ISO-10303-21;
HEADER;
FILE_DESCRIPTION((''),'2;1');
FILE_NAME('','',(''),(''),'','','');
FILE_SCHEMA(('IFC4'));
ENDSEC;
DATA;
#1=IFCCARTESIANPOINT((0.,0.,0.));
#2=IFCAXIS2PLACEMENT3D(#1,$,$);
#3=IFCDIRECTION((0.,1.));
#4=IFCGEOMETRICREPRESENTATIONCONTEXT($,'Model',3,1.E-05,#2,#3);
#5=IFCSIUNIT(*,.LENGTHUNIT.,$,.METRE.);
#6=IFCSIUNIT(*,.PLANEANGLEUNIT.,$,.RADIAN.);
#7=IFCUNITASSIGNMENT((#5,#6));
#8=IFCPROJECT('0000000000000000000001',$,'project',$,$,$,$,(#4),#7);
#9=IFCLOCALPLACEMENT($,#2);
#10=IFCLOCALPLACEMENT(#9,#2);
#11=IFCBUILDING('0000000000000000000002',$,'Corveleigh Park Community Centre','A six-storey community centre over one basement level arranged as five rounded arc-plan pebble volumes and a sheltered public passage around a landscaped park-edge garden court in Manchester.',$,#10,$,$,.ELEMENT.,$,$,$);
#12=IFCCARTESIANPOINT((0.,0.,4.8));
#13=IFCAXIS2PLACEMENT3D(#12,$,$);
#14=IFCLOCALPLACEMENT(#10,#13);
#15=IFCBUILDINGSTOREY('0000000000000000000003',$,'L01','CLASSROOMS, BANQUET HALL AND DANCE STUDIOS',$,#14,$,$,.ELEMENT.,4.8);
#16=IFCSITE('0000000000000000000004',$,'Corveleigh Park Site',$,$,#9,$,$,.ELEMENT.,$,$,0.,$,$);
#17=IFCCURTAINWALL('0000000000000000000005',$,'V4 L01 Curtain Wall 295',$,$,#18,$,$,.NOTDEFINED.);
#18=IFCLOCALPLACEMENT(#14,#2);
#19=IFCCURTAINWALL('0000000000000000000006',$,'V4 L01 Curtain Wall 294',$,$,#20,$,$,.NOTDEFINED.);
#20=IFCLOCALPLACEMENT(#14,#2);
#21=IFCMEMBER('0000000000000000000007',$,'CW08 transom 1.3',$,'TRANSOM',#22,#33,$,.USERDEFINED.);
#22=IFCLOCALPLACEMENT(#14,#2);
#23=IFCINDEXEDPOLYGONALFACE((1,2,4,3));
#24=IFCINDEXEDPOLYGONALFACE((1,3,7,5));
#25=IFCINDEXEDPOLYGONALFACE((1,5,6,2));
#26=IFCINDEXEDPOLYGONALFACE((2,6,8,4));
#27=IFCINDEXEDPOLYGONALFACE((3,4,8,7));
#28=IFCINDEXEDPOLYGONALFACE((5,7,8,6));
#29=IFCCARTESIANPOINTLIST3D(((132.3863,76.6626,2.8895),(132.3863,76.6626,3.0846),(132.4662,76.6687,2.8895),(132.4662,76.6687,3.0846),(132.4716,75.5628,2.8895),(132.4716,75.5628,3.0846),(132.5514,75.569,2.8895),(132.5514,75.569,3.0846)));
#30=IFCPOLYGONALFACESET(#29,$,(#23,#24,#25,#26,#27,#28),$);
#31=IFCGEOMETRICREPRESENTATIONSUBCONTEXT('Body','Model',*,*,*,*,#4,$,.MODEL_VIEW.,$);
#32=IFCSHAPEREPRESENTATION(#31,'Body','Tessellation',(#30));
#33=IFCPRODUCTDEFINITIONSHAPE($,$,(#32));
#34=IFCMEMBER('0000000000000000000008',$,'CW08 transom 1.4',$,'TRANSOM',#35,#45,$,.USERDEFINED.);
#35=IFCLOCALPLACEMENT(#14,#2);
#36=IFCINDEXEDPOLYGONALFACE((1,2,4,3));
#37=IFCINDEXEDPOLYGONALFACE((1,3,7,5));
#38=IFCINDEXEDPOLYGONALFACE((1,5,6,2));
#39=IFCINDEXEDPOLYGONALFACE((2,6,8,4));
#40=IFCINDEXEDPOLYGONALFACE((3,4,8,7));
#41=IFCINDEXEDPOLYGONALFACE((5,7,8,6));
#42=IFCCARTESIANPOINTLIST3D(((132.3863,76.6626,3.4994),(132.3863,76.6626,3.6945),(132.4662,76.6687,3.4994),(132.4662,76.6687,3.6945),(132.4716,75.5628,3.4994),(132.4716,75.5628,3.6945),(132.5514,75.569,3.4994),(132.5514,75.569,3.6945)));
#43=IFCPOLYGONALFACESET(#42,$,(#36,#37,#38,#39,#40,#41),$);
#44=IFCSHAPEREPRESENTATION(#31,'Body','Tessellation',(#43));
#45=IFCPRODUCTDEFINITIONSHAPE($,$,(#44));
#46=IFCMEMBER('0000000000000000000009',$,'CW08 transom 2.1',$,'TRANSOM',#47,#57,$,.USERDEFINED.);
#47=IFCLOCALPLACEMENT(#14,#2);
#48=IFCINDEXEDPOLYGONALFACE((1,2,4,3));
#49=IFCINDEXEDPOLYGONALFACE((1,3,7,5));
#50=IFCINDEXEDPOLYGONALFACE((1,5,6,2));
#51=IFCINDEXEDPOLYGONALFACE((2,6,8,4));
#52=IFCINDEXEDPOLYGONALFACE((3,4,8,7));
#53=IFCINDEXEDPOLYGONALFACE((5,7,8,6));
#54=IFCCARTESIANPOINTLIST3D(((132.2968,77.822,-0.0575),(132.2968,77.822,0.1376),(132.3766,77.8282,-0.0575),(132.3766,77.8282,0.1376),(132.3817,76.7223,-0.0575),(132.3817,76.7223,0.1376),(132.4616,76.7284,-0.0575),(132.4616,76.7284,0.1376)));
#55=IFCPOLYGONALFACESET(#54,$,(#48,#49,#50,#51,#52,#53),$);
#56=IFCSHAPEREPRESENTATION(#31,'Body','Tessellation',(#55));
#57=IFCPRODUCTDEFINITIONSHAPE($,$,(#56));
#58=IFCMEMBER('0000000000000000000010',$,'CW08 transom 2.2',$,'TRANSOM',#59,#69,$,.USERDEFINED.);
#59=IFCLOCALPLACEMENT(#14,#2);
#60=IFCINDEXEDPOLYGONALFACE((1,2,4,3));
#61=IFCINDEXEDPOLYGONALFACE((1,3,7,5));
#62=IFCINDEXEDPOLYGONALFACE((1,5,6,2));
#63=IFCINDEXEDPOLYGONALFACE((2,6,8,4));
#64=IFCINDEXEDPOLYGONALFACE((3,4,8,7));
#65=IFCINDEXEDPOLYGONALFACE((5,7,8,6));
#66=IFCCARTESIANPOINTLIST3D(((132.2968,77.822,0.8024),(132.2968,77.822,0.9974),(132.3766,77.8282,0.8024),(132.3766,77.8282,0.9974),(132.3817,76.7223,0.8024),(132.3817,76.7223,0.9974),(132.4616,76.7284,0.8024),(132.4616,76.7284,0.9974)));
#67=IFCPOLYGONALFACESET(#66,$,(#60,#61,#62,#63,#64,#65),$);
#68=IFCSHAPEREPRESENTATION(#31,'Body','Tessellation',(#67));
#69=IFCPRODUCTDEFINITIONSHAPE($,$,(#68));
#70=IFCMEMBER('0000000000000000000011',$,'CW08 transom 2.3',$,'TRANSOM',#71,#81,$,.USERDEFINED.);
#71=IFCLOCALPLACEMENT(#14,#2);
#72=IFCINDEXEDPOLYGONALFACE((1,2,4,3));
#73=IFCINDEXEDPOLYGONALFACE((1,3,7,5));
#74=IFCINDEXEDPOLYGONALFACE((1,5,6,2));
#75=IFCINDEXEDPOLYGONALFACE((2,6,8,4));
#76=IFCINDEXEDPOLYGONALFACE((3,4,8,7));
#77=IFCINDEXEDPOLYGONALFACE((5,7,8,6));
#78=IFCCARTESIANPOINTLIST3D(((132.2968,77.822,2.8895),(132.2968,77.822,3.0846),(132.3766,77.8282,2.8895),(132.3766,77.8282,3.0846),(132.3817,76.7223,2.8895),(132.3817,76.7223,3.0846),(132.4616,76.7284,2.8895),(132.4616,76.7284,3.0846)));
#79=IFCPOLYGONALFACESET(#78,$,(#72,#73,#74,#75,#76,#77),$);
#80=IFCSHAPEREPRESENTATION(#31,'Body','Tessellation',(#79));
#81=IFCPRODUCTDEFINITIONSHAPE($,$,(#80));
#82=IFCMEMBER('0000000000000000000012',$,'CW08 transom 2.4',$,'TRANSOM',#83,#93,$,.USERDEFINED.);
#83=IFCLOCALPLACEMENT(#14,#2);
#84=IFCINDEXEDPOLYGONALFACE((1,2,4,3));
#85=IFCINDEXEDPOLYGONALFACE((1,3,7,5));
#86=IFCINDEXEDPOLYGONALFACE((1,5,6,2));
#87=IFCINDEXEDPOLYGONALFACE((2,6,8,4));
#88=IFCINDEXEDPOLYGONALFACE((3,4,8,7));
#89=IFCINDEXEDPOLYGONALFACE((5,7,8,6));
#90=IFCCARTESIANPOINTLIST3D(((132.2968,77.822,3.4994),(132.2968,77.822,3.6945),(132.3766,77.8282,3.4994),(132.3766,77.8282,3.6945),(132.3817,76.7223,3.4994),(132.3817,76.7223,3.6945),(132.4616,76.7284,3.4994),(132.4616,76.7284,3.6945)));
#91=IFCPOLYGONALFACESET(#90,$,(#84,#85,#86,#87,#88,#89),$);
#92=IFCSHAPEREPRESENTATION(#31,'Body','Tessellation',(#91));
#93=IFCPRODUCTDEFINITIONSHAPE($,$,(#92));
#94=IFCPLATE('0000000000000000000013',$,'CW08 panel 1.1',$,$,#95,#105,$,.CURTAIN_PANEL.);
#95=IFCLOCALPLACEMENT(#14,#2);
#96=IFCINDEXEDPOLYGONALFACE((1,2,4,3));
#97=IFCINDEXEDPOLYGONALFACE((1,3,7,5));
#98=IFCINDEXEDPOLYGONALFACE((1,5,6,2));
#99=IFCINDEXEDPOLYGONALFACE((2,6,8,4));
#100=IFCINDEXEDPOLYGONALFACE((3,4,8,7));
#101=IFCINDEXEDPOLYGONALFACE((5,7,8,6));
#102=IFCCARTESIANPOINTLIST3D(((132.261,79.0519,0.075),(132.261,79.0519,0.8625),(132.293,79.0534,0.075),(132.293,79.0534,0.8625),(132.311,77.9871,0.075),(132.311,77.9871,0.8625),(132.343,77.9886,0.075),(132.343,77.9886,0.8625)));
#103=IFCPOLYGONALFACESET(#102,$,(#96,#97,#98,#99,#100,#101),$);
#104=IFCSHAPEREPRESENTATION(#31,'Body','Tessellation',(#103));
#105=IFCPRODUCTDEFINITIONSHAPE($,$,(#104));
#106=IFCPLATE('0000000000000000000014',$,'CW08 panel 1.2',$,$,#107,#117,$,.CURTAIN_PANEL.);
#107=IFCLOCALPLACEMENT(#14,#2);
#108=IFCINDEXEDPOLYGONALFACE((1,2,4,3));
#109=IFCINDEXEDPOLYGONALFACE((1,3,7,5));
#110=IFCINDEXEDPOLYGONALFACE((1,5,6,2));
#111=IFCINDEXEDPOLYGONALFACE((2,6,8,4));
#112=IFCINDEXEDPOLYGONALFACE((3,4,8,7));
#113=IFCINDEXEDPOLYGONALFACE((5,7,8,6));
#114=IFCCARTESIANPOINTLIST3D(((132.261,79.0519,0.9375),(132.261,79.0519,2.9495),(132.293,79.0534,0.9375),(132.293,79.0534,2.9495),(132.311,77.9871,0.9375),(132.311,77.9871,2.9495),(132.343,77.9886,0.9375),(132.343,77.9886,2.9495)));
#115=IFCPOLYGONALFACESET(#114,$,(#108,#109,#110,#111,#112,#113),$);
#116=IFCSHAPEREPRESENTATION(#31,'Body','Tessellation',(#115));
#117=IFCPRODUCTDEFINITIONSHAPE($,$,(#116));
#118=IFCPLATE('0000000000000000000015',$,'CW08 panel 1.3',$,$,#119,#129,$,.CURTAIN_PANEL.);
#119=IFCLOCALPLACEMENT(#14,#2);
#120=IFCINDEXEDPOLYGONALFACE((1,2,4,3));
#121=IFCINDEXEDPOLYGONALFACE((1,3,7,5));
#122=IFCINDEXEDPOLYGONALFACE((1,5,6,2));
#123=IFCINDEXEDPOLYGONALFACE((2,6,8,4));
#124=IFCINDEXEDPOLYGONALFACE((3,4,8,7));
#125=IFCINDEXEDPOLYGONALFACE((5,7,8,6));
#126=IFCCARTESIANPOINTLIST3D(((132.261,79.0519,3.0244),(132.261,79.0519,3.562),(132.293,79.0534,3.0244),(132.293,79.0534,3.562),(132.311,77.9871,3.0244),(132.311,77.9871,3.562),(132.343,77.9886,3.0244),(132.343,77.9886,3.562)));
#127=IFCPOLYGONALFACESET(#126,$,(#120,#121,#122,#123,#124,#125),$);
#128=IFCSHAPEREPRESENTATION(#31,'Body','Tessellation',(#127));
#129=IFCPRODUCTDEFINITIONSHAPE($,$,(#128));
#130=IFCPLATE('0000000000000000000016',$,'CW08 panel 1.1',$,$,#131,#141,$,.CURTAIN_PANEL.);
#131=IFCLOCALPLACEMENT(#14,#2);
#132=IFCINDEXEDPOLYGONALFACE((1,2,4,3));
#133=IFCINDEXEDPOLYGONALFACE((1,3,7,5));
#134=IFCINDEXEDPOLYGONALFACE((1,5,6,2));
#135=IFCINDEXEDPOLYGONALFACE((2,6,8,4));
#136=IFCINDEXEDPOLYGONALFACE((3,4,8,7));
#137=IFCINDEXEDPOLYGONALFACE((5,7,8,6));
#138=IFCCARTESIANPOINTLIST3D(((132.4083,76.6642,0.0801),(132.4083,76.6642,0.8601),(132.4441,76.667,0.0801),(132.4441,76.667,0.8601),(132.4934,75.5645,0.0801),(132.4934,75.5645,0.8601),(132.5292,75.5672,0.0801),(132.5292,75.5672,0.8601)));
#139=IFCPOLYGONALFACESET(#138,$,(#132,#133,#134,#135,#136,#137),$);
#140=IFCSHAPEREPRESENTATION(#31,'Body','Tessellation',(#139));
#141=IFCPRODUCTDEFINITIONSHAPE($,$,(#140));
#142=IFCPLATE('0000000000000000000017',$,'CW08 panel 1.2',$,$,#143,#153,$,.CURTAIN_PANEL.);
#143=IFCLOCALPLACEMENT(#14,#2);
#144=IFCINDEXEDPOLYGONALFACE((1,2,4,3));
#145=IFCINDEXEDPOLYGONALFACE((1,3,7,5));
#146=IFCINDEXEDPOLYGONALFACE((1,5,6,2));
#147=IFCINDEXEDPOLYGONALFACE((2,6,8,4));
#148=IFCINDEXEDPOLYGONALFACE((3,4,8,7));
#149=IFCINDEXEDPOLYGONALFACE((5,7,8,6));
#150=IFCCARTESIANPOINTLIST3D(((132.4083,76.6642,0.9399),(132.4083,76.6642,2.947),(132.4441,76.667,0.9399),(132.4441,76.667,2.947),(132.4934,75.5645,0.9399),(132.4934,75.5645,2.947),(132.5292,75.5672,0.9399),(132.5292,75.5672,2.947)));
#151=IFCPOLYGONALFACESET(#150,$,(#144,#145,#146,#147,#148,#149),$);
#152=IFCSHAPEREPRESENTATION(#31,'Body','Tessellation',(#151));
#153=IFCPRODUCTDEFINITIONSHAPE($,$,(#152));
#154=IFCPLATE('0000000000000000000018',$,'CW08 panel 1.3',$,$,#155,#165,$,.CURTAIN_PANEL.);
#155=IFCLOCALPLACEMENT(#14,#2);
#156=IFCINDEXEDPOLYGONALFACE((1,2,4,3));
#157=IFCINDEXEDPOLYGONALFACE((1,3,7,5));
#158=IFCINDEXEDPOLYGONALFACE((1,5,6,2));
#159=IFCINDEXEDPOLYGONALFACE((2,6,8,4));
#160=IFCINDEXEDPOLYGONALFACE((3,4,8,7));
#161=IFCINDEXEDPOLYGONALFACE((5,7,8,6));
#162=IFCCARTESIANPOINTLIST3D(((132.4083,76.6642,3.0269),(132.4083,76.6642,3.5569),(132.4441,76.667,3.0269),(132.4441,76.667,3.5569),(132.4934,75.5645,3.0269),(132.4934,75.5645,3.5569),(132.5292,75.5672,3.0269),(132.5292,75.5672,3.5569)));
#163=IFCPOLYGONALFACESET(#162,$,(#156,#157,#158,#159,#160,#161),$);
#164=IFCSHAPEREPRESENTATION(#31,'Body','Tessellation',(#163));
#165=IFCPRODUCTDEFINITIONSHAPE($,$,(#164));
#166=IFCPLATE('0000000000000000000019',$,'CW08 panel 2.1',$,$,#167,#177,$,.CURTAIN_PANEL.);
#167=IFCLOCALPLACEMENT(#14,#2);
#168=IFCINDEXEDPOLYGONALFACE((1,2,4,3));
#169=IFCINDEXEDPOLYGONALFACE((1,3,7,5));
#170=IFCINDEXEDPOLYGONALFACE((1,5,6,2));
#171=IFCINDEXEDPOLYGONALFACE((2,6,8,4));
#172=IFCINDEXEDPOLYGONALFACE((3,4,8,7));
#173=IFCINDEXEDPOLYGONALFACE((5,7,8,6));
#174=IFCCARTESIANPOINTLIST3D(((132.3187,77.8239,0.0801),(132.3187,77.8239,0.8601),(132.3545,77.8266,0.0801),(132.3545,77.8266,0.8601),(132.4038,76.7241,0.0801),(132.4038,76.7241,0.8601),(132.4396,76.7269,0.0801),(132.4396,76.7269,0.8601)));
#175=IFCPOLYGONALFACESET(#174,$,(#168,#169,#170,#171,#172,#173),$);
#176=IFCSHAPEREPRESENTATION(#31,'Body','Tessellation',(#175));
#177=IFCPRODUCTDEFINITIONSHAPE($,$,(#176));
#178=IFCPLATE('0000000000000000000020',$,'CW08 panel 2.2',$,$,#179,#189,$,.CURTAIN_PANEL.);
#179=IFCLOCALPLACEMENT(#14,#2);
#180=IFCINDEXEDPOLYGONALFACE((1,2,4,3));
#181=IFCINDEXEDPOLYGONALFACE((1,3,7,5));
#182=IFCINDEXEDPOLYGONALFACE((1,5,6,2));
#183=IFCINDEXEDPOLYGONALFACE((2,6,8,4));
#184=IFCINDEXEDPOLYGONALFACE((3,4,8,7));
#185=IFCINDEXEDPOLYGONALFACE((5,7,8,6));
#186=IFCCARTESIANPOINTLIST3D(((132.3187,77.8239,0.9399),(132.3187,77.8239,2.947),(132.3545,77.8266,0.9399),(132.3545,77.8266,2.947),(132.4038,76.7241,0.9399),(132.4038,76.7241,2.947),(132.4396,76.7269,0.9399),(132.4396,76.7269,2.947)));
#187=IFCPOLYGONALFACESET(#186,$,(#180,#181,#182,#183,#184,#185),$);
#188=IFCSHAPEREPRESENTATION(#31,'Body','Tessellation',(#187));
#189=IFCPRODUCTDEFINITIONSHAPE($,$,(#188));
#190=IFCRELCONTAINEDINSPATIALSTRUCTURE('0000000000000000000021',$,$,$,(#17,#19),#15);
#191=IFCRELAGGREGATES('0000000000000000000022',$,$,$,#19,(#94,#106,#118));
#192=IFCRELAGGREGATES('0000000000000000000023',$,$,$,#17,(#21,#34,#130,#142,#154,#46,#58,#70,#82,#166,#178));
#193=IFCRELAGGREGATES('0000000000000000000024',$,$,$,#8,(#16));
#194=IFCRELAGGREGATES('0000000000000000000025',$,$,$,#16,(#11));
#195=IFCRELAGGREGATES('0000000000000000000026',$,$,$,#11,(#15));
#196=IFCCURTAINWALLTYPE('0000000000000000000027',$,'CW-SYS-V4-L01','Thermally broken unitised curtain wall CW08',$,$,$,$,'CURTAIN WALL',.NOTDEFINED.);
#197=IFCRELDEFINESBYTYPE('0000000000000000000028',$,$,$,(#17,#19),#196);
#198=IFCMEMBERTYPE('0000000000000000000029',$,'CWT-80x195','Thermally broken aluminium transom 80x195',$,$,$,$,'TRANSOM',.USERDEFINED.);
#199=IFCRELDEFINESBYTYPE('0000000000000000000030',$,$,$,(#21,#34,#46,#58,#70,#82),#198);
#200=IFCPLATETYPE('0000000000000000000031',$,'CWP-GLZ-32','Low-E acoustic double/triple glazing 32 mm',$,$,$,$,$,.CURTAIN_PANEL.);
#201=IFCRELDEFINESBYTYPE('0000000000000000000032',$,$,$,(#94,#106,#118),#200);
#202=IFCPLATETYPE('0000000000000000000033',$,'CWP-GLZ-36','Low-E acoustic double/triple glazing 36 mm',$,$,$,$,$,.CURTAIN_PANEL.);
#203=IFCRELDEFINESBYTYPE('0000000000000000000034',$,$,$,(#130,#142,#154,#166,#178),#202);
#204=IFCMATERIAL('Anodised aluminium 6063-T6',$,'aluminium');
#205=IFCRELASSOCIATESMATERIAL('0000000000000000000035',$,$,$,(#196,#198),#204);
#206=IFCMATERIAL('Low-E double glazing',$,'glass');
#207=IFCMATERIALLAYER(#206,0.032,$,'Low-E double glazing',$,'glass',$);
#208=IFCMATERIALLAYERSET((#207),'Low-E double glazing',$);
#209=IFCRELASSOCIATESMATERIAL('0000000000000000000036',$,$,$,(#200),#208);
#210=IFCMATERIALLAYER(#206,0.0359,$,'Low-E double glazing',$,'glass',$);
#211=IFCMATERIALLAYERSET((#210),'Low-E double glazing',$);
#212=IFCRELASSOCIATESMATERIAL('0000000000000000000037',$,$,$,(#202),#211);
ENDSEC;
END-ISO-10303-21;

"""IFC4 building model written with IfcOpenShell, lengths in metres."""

from ifc_helpers import new_model, si_unit, direction, frame, origin, origin_2d, place, context, subcontext, project, spatial, rectangle, extrude, material, layer, layer_set, material_profile, profile_set, type_object, element, aggregate, save


model = new_model("IFC4")

# Units and contexts
model_context = context("Model", 3, precision=1e-05, world=origin(), true_north=direction((0.0, 1.0)))
body_context = subcontext(model_context, "Body", "Model", "MODEL_VIEW")
ifc_project = project(units=[si_unit("LENGTHUNIT", "METRE"), si_unit("PLANEANGLEUNIT", "RADIAN")], contexts=[model_context])

# Site, building, storey
site_placement = place(None, origin())
site = spatial("IfcSite", under=ifc_project, at=site_placement, Name="Corveleigh Park Site", CompositionType="ELEMENT", RefElevation=0.0)
building_placement = place(site_placement, origin())
building = spatial("IfcBuilding", under=site, at=building_placement, Name="Corveleigh Park Community Centre", Description="A six-storey community centre over one basement level arranged as five rounded arc-plan pebble volumes and a sheltered public passage around a landscaped park-edge garden court in Manchester.", CompositionType="ELEMENT")
storey_placement = place(building_placement, frame((0.0, 0.0, 4.8)))
storey = spatial("IfcBuildingStorey", under=building, at=storey_placement, Name="L01", Description="CLASSROOMS, BANQUET HALL AND DANCE STUDIOS", CompositionType="ELEMENT", Elevation=4.8)

# Curtain walls
ifc_material_1 = material(Name="Anodised aluminium 6063-T6", Category="aluminium")
curtain_wall_type = type_object("IfcCurtainWallType", Name="CW-SYS-V4-L01", Description="Thermally broken unitised curtain wall CW08", ElementType="CURTAIN WALL", PredefinedType="NOTDEFINED", material=ifc_material_1)
curtain_wall_1_placement = place(storey_placement, origin())
curtain_wall_1 = element("IfcCurtainWall", 1, at=curtain_wall_1_placement, inside=storey, type_object=curtain_wall_type, Name="V4 L01 Curtain Wall 295", PredefinedType="NOTDEFINED")
curtain_wall_2_placement = place(storey_placement, origin())
curtain_wall_2 = element("IfcCurtainWall", 2, at=curtain_wall_2_placement, inside=storey, type_object=curtain_wall_type, Name="V4 L01 Curtain Wall 294", PredefinedType="NOTDEFINED")

# Members
ifc_material_profile_1 = material_profile(ifc_material_1, rectangle(XDim=0.0801, YDim=0.1951, at=origin_2d()), Name="ALU-T80x195", Category="aluminium")
ifc_profile_set_1 = profile_set([ifc_material_profile_1], Name="Anodised aluminium 6063-T6")
member_type_1 = type_object("IfcMemberType", Name="CWT-80x195", Description="Thermally broken aluminium transom 80x195", ElementType="TRANSOM", PredefinedType="USERDEFINED", material=ifc_profile_set_1)
member_1_placement = place(storey_placement, frame((132.5115, 75.5659, 2.9871), z_axis=(-0.077255, 0.997011, 0.0), x_axis=(-0.997011, -0.077255, 0.0)))
member_1 = element("IfcMember", 3, at=member_1_placement, type_object=member_type_1, Name="CW08 transom 1.3", ObjectType="TRANSOM", PredefinedType="USERDEFINED", context=body_context, shape_type="SweptSolid", body=[
    extrude(rectangle(XDim=0.0801, YDim=0.1951, at=origin_2d()), origin(), (0.0, 0.0, 1.0), 1.103),
])
member_2_placement = place(storey_placement, frame((132.5115, 75.5659, 3.5969), z_axis=(-0.077255, 0.997011, 0.0), x_axis=(-0.997011, -0.077255, 0.0)))
member_2 = element("IfcMember", 4, at=member_2_placement, type_object=member_type_1, Name="CW08 transom 1.4", ObjectType="TRANSOM", PredefinedType="USERDEFINED", context=body_context, shape_type="SweptSolid", body=[
    extrude(rectangle(XDim=0.0801, YDim=0.1951, at=origin_2d()), origin(), (0.0, 0.0, 1.0), 1.103),
])
member_3_placement = place(storey_placement, frame((132.4216, 76.7253, 0.04), z_axis=(-0.077018, 0.99703, 0.0), x_axis=(-0.99703, -0.077018, 0.0)))
member_3 = element("IfcMember", 5, at=member_3_placement, type_object=member_type_1, Name="CW08 transom 2.1", ObjectType="TRANSOM", PredefinedType="USERDEFINED", context=body_context, shape_type="SweptSolid", body=[
    extrude(rectangle(XDim=0.0801, YDim=0.1951, at=origin_2d()), origin(), (0.0, 0.0, 1.0), 1.103),
])
member_4_placement = place(storey_placement, frame((132.4216, 76.7253, 0.8999), z_axis=(-0.077018, 0.99703, 0.0), x_axis=(-0.99703, -0.077018, 0.0)))
member_4 = element("IfcMember", 6, at=member_4_placement, type_object=member_type_1, Name="CW08 transom 2.2", ObjectType="TRANSOM", PredefinedType="USERDEFINED", context=body_context, shape_type="SweptSolid", body=[
    extrude(rectangle(XDim=0.0801, YDim=0.1951, at=origin_2d()), origin(), (0.0, 0.0, 1.0), 1.103),
])
member_5_placement = place(storey_placement, frame((132.4216, 76.7253, 2.9871), z_axis=(-0.077018, 0.99703, 0.0), x_axis=(-0.99703, -0.077018, 0.0)))
member_5 = element("IfcMember", 7, at=member_5_placement, type_object=member_type_1, Name="CW08 transom 2.3", ObjectType="TRANSOM", PredefinedType="USERDEFINED", context=body_context, shape_type="SweptSolid", body=[
    extrude(rectangle(XDim=0.0801, YDim=0.1951, at=origin_2d()), origin(), (0.0, 0.0, 1.0), 1.103),
])
member_6_placement = place(storey_placement, frame((132.4216, 76.7253, 3.5969), z_axis=(-0.077018, 0.99703, 0.0), x_axis=(-0.99703, -0.077018, 0.0)))
member_6 = element("IfcMember", 8, at=member_6_placement, type_object=member_type_1, Name="CW08 transom 2.4", ObjectType="TRANSOM", PredefinedType="USERDEFINED", context=body_context, shape_type="SweptSolid", body=[
    extrude(rectangle(XDim=0.0801, YDim=0.1951, at=origin_2d()), origin(), (0.0, 0.0, 1.0), 1.103),
])

# Plates
ifc_material_2 = material(Name="Low-E double glazing", Category="glass")
ifc_layer_1 = layer(ifc_material_2, 0.032, Name="Low-E double glazing", Category="glass")
ifc_layer_set_1 = layer_set([ifc_layer_1], Name="Low-E double glazing")
plate_type_1 = type_object("IfcPlateType", Name="CWP-GLZ-32", Description="Low-E acoustic double/triple glazing 32 mm", PredefinedType="CURTAIN_PANEL", material=ifc_layer_set_1)
plate_1_placement = place(storey_placement, frame((132.302, 78.5203, 0.075), z_axis=(0.0, 0.0, 1.0), x_axis=(-0.046928, 0.998898, 0.0)))
plate_1 = element("IfcPlate", 9, at=plate_1_placement, type_object=plate_type_1, Name="CW08 panel 1.1", PredefinedType="CURTAIN_PANEL", context=body_context, shape_type="SweptSolid", body=[
    extrude(rectangle(XDim=1.0659, YDim=0.032, at=origin_2d()), origin(), (0.0, 0.0, 1.0), 0.7876),
])
plate_2_placement = place(storey_placement, frame((132.302, 78.5203, 0.9375), z_axis=(0.0, 0.0, 1.0), x_axis=(-0.046928, 0.998898, 0.0)))
plate_2 = element("IfcPlate", 10, at=plate_2_placement, type_object=plate_type_1, Name="CW08 panel 1.2", PredefinedType="CURTAIN_PANEL", context=body_context, shape_type="SweptSolid", body=[
    extrude(rectangle(XDim=1.0659, YDim=0.032, at=origin_2d()), origin(), (0.0, 0.0, 1.0), 2.012),
])
plate_3_placement = place(storey_placement, frame((132.302, 78.5203, 3.0244), z_axis=(0.0, 0.0, 1.0), x_axis=(-0.046928, 0.998898, 0.0)))
plate_3 = element("IfcPlate", 11, at=plate_3_placement, type_object=plate_type_1, Name="CW08 panel 1.3", PredefinedType="CURTAIN_PANEL", context=body_context, shape_type="SweptSolid", body=[
    extrude(rectangle(XDim=1.0659, YDim=0.032, at=origin_2d()), origin(), (0.0, 0.0, 1.0), 0.5376),
])
aggregate(curtain_wall_2, [plate_1, plate_2, plate_3])
ifc_layer_2 = layer(ifc_material_2, 0.0359, Name="Low-E double glazing", Category="glass")
ifc_layer_set_2 = layer_set([ifc_layer_2], Name="Low-E double glazing")
plate_type_2 = type_object("IfcPlateType", Name="CWP-GLZ-36", Description="Low-E acoustic double/triple glazing 36 mm", PredefinedType="CURTAIN_PANEL", material=ifc_layer_set_2)
plate_4_placement = place(storey_placement, frame((132.4688, 76.1157, 0.0801), z_axis=(0.0, 0.0, 1.0), x_axis=(-0.077113, 0.997022, 0.0)))
plate_4 = element("IfcPlate", 12, at=plate_4_placement, type_object=plate_type_2, Name="CW08 panel 1.1", PredefinedType="CURTAIN_PANEL", context=body_context, shape_type="SweptSolid", body=[
    extrude(rectangle(XDim=1.103, YDim=0.0359, at=origin_2d()), origin(), (0.0, 0.0, 1.0), 0.78),
])
plate_5_placement = place(storey_placement, frame((132.4688, 76.1157, 0.9399), z_axis=(0.0, 0.0, 1.0), x_axis=(-0.077113, 0.997022, 0.0)))
plate_5 = element("IfcPlate", 13, at=plate_5_placement, type_object=plate_type_2, Name="CW08 panel 1.2", PredefinedType="CURTAIN_PANEL", context=body_context, shape_type="SweptSolid", body=[
    extrude(rectangle(XDim=1.103, YDim=0.0359, at=origin_2d()), origin(), (0.0, 0.0, 1.0), 2.0071),
])
plate_6_placement = place(storey_placement, frame((132.4688, 76.1157, 3.0269), z_axis=(0.0, 0.0, 1.0), x_axis=(-0.077113, 0.997022, 0.0)))
plate_6 = element("IfcPlate", 14, at=plate_6_placement, type_object=plate_type_2, Name="CW08 panel 1.3", PredefinedType="CURTAIN_PANEL", context=body_context, shape_type="SweptSolid", body=[
    extrude(rectangle(XDim=1.103, YDim=0.0359, at=origin_2d()), origin(), (0.0, 0.0, 1.0), 0.53),
])
plate_7_placement = place(storey_placement, frame((132.3792, 77.2754, 0.0801), z_axis=(0.0, 0.0, 1.0), x_axis=(-0.077113, 0.997022, 0.0)))
plate_7 = element("IfcPlate", 15, at=plate_7_placement, type_object=plate_type_2, Name="CW08 panel 2.1", PredefinedType="CURTAIN_PANEL", context=body_context, shape_type="SweptSolid", body=[
    extrude(rectangle(XDim=1.103, YDim=0.0359, at=origin_2d()), origin(), (0.0, 0.0, 1.0), 0.78),
])
plate_8_placement = place(storey_placement, frame((132.3792, 77.2754, 0.9399), z_axis=(0.0, 0.0, 1.0), x_axis=(-0.077113, 0.997022, 0.0)))
plate_8 = element("IfcPlate", 16, at=plate_8_placement, type_object=plate_type_2, Name="CW08 panel 2.2", PredefinedType="CURTAIN_PANEL", context=body_context, shape_type="SweptSolid", body=[
    extrude(rectangle(XDim=1.103, YDim=0.0359, at=origin_2d()), origin(), (0.0, 0.0, 1.0), 2.0071),
])
aggregate(curtain_wall_1, [member_1, member_2, plate_4, plate_5, plate_6, member_3, member_4, member_5, member_6, plate_7, plate_8])

save(model, "model.ifc")
